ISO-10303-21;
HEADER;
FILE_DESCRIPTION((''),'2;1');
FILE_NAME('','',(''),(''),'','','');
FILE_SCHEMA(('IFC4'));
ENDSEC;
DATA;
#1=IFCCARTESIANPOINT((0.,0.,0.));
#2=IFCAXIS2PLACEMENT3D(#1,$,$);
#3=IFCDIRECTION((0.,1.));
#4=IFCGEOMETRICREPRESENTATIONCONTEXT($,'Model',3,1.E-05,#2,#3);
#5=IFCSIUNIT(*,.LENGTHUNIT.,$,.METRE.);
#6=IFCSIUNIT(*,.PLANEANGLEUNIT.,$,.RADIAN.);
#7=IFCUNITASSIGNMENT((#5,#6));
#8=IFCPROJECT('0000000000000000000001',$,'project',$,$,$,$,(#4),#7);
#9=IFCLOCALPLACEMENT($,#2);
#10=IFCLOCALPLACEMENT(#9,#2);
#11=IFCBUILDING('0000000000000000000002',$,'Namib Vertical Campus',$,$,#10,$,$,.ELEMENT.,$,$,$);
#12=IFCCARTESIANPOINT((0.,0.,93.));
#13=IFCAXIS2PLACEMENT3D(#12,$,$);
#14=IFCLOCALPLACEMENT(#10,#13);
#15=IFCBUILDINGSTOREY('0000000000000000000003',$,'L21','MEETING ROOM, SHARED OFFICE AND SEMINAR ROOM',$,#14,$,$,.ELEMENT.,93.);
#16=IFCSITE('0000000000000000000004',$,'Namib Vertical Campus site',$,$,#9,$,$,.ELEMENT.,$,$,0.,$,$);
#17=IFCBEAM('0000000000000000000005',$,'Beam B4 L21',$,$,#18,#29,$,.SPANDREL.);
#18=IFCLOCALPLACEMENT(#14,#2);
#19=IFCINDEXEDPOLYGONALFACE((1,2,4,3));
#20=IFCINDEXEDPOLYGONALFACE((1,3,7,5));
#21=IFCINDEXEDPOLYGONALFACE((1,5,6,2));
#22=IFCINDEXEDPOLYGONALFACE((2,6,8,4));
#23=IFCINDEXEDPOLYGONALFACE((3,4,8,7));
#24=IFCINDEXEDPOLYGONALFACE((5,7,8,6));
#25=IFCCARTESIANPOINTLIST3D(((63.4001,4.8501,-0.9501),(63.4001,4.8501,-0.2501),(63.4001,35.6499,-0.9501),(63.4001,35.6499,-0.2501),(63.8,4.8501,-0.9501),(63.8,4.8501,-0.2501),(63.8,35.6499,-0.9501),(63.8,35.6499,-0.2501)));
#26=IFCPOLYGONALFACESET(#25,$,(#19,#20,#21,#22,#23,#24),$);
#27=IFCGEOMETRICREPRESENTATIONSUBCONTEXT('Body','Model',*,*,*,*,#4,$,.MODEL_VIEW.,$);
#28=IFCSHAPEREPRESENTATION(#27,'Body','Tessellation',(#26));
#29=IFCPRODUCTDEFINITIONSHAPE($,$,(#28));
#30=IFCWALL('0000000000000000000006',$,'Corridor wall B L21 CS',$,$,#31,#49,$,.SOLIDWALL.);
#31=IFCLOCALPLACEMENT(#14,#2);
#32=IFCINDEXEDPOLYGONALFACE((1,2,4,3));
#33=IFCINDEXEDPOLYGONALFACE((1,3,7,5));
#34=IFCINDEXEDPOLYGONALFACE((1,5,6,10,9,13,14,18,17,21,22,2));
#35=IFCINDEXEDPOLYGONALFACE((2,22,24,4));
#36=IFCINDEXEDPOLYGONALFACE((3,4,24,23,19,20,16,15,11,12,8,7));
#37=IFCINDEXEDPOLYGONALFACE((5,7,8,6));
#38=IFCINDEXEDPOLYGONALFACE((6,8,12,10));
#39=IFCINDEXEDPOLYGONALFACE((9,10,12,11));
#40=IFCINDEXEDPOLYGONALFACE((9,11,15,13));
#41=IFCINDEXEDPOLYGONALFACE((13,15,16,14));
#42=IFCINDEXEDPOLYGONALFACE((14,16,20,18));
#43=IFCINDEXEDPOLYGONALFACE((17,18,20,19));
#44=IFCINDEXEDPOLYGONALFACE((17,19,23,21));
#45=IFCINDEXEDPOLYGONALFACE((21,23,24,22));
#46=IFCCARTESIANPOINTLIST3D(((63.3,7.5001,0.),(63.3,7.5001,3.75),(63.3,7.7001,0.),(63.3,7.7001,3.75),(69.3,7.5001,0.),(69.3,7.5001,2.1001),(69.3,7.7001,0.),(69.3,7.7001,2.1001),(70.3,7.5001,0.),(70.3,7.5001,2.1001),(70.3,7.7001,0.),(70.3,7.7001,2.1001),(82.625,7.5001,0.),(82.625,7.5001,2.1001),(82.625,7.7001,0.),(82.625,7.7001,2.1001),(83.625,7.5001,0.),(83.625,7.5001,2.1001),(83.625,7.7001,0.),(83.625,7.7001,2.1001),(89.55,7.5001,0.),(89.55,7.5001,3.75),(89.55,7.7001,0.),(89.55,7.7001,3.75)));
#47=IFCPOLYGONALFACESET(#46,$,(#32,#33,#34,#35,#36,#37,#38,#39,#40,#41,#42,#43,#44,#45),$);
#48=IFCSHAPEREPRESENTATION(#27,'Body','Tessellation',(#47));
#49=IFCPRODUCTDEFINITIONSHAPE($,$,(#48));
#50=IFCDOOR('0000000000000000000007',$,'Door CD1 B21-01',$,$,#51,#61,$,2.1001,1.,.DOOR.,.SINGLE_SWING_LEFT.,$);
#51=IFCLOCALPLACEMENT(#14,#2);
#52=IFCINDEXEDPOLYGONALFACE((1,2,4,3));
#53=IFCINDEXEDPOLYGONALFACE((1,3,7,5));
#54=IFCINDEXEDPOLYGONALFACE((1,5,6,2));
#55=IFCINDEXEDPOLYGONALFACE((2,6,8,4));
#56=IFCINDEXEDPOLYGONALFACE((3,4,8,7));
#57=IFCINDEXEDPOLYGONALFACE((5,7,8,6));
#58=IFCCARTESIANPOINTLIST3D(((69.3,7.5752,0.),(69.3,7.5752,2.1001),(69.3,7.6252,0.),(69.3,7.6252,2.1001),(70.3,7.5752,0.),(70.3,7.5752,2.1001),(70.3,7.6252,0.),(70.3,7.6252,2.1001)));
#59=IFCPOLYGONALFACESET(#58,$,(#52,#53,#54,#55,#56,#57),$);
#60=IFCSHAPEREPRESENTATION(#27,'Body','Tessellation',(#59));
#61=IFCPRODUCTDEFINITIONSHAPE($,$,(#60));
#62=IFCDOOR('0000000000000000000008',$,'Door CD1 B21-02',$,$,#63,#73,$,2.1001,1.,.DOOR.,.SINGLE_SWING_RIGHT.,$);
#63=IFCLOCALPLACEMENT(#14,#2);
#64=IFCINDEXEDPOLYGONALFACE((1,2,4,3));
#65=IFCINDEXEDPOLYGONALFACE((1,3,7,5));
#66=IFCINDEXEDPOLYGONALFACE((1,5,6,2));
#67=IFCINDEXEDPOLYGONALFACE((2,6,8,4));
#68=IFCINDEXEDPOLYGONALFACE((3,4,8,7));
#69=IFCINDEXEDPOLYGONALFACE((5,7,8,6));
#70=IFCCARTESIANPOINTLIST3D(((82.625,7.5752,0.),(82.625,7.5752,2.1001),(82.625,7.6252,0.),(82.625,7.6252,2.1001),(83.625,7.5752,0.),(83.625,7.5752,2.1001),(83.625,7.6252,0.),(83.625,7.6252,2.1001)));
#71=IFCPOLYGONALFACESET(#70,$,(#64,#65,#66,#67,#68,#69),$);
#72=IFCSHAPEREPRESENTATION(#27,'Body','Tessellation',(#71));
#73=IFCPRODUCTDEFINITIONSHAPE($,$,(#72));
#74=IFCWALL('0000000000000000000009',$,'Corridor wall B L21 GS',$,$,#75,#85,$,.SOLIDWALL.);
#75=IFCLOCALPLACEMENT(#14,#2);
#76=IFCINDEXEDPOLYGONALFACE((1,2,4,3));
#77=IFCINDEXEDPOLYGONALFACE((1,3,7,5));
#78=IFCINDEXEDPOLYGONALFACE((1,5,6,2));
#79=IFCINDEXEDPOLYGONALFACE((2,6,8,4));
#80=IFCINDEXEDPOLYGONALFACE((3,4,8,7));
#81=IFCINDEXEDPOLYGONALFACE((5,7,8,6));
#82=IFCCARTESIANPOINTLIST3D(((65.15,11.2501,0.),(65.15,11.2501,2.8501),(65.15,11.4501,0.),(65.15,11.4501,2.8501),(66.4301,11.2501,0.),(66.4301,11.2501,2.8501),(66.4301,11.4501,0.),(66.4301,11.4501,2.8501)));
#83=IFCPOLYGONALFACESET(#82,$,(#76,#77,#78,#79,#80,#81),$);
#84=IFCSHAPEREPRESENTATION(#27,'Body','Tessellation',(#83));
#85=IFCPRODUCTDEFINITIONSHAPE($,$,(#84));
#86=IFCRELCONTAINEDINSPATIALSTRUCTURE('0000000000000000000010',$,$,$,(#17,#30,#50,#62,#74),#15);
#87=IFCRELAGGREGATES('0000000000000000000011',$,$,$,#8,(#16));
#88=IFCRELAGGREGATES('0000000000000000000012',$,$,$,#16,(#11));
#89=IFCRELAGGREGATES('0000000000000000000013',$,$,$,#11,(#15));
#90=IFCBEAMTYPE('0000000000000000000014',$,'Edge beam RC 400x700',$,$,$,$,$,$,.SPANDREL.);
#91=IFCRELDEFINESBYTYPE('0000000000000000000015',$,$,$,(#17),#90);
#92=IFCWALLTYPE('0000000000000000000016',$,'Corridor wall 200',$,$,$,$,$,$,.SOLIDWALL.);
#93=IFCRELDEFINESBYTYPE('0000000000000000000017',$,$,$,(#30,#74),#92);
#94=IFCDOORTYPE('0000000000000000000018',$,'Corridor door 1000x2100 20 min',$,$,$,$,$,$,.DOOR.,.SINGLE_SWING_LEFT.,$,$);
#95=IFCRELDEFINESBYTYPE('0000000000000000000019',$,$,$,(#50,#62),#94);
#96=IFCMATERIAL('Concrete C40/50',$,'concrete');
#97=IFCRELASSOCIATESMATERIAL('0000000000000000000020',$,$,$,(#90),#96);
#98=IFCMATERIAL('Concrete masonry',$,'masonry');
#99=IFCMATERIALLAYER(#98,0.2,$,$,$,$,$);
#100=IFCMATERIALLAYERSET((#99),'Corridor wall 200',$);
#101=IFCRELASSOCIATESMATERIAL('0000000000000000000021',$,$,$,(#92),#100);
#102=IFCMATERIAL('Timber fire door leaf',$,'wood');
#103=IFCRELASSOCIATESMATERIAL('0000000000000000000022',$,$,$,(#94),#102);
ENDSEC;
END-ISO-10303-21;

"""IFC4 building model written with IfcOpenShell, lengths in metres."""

from ifc_helpers import new_model, si_unit, direction, frame, frame_2d, origin, origin_2d, place, context, subcontext, project, spatial, rectangle, extrude, material, layer, layer_set, material_profile, profile_set, type_object, element, fill, save


model = new_model("IFC4")

# Units and contexts
model_context = context("Model", 3, precision=1e-05, world=origin(), true_north=direction((0.0, 1.0)))
body_context = subcontext(model_context, "Body", "Model", "MODEL_VIEW")
ifc_project = project(units=[si_unit("LENGTHUNIT", "METRE"), si_unit("PLANEANGLEUNIT", "RADIAN")], contexts=[model_context])

# Site, building, storey
site_placement = place(None, origin())
site = spatial("IfcSite", under=ifc_project, at=site_placement, Name="Namib Vertical Campus site", CompositionType="ELEMENT", RefElevation=0.0)
building_placement = place(site_placement, origin())
building = spatial("IfcBuilding", under=site, at=building_placement, Name="Namib Vertical Campus", CompositionType="ELEMENT")
storey_placement = place(building_placement, frame((0.0, 0.0, 93.0)))
storey = spatial("IfcBuildingStorey", under=building, at=storey_placement, Name="L21", Description="MEETING ROOM, SHARED OFFICE AND SEMINAR ROOM", CompositionType="ELEMENT", Elevation=93.0)

# Beam
ifc_material_1 = material(Name="Concrete C40/50", Category="concrete")
ifc_material_profile = material_profile(ifc_material_1, rectangle(XDim=0.3999, YDim=0.7, at=origin_2d()))
ifc_profile_set = profile_set([ifc_material_profile], Name="Concrete C40/50")
beam_type = type_object("IfcBeamType", Name="Edge beam RC 400x700", PredefinedType="SPANDREL", material=ifc_profile_set)
beam_placement = place(storey_placement, frame((63.6001, 4.8501, -0.6001), z_axis=(0.0, 1.0, 0.0), x_axis=(-1.0, 0.0, 0.0)))
element("IfcBeam", 1, at=beam_placement, inside=storey, type_object=beam_type, Name="Beam B4 L21", PredefinedType="SPANDREL", context=body_context, shape_type="SweptSolid", body=[
    extrude(rectangle(XDim=0.3999, YDim=0.7, at=origin_2d()), origin(), (0.0, 0.0, 1.0), 30.7998),
])

# Wall, openings, doors
ifc_material_2 = material(Name="Concrete masonry", Category="masonry")
ifc_layer_1 = layer(ifc_material_2, 0.2)
ifc_layer_set_1 = layer_set([ifc_layer_1], Name="Corridor wall 200")
wall_type_1 = type_object("IfcWallType", Name="Corridor wall 200", PredefinedType="SOLIDWALL", material=ifc_layer_set_1)
wall_1_placement = place(storey_placement, frame((63.3, 7.6001, 0.0), z_axis=(0.0, 0.0, 1.0), x_axis=(1.0, 0.0, 0.0)))
wall_1 = element("IfcWall", 2, at=wall_1_placement, inside=storey, type_object=wall_type_1, Name="Corridor wall B L21 CS", PredefinedType="SOLIDWALL", context=body_context, shape_type="SweptSolid", body=[
    extrude(rectangle(XDim=26.25, YDim=0.2, at=frame_2d((13.125, 0.0))), origin(), (0.0, 0.0, 1.0), 3.75),
])
opening_1_placement = place(wall_1_placement, frame((6.0, 0.0, 0.0)))
opening_1 = element("IfcOpeningElement", 3, at=opening_1_placement, cuts=wall_1, PredefinedType="OPENING", context=body_context, shape_type="SweptSolid", body=[
    extrude(rectangle(XDim=1.0, YDim=2.1001, at=frame_2d((0.5, 1.05))), frame((0.0, 0.1099, 0.0), z_axis=(0.0, -1.0, 0.0), x_axis=(1.0, 0.0, 0.0)), (0.0, 0.0, 1.0), 0.22),
])
opening_2_placement = place(wall_1_placement, frame((19.325, 0.0, 0.0)))
opening_2 = element("IfcOpeningElement", 4, at=opening_2_placement, cuts=wall_1, PredefinedType="OPENING", context=body_context, shape_type="SweptSolid", body=[
    extrude(rectangle(XDim=1.0, YDim=2.1001, at=frame_2d((0.5, 1.05))), frame((0.0, 0.1099, 0.0), z_axis=(0.0, -1.0, 0.0), x_axis=(1.0, 0.0, 0.0)), (0.0, 0.0, 1.0), 0.22),
])
ifc_material_3 = material(Name="Timber fire door leaf", Category="wood")
door_type = type_object("IfcDoorType", Name="Corridor door 1000x2100 20 min", OperationType="SINGLE_SWING_LEFT", PredefinedType="DOOR", material=ifc_material_3)
door_1_placement = place(opening_1_placement, frame((1.0, 0.0, 0.0), z_axis=(0.0, 0.0, 1.0), x_axis=(-1.0, 0.0, 0.0)))
door_1 = element("IfcDoor", 5, at=door_1_placement, inside=storey, type_object=door_type, Name="Door CD1 B21-01", OperationType="SINGLE_SWING_LEFT", OverallHeight=2.1001, OverallWidth=1.0, PredefinedType="DOOR", context=body_context, shape_type="SweptSolid", body=[
    extrude(rectangle(XDim=1.0, YDim=2.1001, at=frame_2d((0.5, 1.05))), frame((0.0, 0.0249, 0.0), z_axis=(0.0, -1.0, 0.0), x_axis=(1.0, 0.0, 0.0)), (0.0, 0.0, 1.0), 0.05),
])
fill(opening_1, door_1)
door_2_placement = place(opening_2_placement, frame((1.0, 0.0, 0.0), z_axis=(0.0, 0.0, 1.0), x_axis=(-1.0, 0.0, 0.0)))
door_2 = element("IfcDoor", 6, at=door_2_placement, inside=storey, type_object=door_type, Name="Door CD1 B21-02", OperationType="SINGLE_SWING_RIGHT", OverallHeight=2.1001, OverallWidth=1.0, PredefinedType="DOOR", context=body_context, shape_type="SweptSolid", body=[
    extrude(rectangle(XDim=1.0, YDim=2.1001, at=frame_2d((0.5, 1.05))), frame((0.0, 0.0249, 0.0), z_axis=(0.0, -1.0, 0.0), x_axis=(1.0, 0.0, 0.0)), (0.0, 0.0, 1.0), 0.05),
])
fill(opening_2, door_2)

# Wall
wall_2_placement = place(storey_placement, frame((65.1499, 11.3501, 0.0), z_axis=(0.0, 0.0, 1.0), x_axis=(1.0, 0.0, 0.0)))
element("IfcWall", 7, at=wall_2_placement, inside=storey, type_object=wall_type_1, Name="Corridor wall B L21 GS", PredefinedType="SOLIDWALL", context=body_context, shape_type="SweptSolid", body=[
    extrude(rectangle(XDim=1.28, YDim=0.2, at=frame_2d((0.6401, 0.0))), origin(), (0.0, 0.0, 1.0), 2.8501),
])

save(model, "model.ifc")
